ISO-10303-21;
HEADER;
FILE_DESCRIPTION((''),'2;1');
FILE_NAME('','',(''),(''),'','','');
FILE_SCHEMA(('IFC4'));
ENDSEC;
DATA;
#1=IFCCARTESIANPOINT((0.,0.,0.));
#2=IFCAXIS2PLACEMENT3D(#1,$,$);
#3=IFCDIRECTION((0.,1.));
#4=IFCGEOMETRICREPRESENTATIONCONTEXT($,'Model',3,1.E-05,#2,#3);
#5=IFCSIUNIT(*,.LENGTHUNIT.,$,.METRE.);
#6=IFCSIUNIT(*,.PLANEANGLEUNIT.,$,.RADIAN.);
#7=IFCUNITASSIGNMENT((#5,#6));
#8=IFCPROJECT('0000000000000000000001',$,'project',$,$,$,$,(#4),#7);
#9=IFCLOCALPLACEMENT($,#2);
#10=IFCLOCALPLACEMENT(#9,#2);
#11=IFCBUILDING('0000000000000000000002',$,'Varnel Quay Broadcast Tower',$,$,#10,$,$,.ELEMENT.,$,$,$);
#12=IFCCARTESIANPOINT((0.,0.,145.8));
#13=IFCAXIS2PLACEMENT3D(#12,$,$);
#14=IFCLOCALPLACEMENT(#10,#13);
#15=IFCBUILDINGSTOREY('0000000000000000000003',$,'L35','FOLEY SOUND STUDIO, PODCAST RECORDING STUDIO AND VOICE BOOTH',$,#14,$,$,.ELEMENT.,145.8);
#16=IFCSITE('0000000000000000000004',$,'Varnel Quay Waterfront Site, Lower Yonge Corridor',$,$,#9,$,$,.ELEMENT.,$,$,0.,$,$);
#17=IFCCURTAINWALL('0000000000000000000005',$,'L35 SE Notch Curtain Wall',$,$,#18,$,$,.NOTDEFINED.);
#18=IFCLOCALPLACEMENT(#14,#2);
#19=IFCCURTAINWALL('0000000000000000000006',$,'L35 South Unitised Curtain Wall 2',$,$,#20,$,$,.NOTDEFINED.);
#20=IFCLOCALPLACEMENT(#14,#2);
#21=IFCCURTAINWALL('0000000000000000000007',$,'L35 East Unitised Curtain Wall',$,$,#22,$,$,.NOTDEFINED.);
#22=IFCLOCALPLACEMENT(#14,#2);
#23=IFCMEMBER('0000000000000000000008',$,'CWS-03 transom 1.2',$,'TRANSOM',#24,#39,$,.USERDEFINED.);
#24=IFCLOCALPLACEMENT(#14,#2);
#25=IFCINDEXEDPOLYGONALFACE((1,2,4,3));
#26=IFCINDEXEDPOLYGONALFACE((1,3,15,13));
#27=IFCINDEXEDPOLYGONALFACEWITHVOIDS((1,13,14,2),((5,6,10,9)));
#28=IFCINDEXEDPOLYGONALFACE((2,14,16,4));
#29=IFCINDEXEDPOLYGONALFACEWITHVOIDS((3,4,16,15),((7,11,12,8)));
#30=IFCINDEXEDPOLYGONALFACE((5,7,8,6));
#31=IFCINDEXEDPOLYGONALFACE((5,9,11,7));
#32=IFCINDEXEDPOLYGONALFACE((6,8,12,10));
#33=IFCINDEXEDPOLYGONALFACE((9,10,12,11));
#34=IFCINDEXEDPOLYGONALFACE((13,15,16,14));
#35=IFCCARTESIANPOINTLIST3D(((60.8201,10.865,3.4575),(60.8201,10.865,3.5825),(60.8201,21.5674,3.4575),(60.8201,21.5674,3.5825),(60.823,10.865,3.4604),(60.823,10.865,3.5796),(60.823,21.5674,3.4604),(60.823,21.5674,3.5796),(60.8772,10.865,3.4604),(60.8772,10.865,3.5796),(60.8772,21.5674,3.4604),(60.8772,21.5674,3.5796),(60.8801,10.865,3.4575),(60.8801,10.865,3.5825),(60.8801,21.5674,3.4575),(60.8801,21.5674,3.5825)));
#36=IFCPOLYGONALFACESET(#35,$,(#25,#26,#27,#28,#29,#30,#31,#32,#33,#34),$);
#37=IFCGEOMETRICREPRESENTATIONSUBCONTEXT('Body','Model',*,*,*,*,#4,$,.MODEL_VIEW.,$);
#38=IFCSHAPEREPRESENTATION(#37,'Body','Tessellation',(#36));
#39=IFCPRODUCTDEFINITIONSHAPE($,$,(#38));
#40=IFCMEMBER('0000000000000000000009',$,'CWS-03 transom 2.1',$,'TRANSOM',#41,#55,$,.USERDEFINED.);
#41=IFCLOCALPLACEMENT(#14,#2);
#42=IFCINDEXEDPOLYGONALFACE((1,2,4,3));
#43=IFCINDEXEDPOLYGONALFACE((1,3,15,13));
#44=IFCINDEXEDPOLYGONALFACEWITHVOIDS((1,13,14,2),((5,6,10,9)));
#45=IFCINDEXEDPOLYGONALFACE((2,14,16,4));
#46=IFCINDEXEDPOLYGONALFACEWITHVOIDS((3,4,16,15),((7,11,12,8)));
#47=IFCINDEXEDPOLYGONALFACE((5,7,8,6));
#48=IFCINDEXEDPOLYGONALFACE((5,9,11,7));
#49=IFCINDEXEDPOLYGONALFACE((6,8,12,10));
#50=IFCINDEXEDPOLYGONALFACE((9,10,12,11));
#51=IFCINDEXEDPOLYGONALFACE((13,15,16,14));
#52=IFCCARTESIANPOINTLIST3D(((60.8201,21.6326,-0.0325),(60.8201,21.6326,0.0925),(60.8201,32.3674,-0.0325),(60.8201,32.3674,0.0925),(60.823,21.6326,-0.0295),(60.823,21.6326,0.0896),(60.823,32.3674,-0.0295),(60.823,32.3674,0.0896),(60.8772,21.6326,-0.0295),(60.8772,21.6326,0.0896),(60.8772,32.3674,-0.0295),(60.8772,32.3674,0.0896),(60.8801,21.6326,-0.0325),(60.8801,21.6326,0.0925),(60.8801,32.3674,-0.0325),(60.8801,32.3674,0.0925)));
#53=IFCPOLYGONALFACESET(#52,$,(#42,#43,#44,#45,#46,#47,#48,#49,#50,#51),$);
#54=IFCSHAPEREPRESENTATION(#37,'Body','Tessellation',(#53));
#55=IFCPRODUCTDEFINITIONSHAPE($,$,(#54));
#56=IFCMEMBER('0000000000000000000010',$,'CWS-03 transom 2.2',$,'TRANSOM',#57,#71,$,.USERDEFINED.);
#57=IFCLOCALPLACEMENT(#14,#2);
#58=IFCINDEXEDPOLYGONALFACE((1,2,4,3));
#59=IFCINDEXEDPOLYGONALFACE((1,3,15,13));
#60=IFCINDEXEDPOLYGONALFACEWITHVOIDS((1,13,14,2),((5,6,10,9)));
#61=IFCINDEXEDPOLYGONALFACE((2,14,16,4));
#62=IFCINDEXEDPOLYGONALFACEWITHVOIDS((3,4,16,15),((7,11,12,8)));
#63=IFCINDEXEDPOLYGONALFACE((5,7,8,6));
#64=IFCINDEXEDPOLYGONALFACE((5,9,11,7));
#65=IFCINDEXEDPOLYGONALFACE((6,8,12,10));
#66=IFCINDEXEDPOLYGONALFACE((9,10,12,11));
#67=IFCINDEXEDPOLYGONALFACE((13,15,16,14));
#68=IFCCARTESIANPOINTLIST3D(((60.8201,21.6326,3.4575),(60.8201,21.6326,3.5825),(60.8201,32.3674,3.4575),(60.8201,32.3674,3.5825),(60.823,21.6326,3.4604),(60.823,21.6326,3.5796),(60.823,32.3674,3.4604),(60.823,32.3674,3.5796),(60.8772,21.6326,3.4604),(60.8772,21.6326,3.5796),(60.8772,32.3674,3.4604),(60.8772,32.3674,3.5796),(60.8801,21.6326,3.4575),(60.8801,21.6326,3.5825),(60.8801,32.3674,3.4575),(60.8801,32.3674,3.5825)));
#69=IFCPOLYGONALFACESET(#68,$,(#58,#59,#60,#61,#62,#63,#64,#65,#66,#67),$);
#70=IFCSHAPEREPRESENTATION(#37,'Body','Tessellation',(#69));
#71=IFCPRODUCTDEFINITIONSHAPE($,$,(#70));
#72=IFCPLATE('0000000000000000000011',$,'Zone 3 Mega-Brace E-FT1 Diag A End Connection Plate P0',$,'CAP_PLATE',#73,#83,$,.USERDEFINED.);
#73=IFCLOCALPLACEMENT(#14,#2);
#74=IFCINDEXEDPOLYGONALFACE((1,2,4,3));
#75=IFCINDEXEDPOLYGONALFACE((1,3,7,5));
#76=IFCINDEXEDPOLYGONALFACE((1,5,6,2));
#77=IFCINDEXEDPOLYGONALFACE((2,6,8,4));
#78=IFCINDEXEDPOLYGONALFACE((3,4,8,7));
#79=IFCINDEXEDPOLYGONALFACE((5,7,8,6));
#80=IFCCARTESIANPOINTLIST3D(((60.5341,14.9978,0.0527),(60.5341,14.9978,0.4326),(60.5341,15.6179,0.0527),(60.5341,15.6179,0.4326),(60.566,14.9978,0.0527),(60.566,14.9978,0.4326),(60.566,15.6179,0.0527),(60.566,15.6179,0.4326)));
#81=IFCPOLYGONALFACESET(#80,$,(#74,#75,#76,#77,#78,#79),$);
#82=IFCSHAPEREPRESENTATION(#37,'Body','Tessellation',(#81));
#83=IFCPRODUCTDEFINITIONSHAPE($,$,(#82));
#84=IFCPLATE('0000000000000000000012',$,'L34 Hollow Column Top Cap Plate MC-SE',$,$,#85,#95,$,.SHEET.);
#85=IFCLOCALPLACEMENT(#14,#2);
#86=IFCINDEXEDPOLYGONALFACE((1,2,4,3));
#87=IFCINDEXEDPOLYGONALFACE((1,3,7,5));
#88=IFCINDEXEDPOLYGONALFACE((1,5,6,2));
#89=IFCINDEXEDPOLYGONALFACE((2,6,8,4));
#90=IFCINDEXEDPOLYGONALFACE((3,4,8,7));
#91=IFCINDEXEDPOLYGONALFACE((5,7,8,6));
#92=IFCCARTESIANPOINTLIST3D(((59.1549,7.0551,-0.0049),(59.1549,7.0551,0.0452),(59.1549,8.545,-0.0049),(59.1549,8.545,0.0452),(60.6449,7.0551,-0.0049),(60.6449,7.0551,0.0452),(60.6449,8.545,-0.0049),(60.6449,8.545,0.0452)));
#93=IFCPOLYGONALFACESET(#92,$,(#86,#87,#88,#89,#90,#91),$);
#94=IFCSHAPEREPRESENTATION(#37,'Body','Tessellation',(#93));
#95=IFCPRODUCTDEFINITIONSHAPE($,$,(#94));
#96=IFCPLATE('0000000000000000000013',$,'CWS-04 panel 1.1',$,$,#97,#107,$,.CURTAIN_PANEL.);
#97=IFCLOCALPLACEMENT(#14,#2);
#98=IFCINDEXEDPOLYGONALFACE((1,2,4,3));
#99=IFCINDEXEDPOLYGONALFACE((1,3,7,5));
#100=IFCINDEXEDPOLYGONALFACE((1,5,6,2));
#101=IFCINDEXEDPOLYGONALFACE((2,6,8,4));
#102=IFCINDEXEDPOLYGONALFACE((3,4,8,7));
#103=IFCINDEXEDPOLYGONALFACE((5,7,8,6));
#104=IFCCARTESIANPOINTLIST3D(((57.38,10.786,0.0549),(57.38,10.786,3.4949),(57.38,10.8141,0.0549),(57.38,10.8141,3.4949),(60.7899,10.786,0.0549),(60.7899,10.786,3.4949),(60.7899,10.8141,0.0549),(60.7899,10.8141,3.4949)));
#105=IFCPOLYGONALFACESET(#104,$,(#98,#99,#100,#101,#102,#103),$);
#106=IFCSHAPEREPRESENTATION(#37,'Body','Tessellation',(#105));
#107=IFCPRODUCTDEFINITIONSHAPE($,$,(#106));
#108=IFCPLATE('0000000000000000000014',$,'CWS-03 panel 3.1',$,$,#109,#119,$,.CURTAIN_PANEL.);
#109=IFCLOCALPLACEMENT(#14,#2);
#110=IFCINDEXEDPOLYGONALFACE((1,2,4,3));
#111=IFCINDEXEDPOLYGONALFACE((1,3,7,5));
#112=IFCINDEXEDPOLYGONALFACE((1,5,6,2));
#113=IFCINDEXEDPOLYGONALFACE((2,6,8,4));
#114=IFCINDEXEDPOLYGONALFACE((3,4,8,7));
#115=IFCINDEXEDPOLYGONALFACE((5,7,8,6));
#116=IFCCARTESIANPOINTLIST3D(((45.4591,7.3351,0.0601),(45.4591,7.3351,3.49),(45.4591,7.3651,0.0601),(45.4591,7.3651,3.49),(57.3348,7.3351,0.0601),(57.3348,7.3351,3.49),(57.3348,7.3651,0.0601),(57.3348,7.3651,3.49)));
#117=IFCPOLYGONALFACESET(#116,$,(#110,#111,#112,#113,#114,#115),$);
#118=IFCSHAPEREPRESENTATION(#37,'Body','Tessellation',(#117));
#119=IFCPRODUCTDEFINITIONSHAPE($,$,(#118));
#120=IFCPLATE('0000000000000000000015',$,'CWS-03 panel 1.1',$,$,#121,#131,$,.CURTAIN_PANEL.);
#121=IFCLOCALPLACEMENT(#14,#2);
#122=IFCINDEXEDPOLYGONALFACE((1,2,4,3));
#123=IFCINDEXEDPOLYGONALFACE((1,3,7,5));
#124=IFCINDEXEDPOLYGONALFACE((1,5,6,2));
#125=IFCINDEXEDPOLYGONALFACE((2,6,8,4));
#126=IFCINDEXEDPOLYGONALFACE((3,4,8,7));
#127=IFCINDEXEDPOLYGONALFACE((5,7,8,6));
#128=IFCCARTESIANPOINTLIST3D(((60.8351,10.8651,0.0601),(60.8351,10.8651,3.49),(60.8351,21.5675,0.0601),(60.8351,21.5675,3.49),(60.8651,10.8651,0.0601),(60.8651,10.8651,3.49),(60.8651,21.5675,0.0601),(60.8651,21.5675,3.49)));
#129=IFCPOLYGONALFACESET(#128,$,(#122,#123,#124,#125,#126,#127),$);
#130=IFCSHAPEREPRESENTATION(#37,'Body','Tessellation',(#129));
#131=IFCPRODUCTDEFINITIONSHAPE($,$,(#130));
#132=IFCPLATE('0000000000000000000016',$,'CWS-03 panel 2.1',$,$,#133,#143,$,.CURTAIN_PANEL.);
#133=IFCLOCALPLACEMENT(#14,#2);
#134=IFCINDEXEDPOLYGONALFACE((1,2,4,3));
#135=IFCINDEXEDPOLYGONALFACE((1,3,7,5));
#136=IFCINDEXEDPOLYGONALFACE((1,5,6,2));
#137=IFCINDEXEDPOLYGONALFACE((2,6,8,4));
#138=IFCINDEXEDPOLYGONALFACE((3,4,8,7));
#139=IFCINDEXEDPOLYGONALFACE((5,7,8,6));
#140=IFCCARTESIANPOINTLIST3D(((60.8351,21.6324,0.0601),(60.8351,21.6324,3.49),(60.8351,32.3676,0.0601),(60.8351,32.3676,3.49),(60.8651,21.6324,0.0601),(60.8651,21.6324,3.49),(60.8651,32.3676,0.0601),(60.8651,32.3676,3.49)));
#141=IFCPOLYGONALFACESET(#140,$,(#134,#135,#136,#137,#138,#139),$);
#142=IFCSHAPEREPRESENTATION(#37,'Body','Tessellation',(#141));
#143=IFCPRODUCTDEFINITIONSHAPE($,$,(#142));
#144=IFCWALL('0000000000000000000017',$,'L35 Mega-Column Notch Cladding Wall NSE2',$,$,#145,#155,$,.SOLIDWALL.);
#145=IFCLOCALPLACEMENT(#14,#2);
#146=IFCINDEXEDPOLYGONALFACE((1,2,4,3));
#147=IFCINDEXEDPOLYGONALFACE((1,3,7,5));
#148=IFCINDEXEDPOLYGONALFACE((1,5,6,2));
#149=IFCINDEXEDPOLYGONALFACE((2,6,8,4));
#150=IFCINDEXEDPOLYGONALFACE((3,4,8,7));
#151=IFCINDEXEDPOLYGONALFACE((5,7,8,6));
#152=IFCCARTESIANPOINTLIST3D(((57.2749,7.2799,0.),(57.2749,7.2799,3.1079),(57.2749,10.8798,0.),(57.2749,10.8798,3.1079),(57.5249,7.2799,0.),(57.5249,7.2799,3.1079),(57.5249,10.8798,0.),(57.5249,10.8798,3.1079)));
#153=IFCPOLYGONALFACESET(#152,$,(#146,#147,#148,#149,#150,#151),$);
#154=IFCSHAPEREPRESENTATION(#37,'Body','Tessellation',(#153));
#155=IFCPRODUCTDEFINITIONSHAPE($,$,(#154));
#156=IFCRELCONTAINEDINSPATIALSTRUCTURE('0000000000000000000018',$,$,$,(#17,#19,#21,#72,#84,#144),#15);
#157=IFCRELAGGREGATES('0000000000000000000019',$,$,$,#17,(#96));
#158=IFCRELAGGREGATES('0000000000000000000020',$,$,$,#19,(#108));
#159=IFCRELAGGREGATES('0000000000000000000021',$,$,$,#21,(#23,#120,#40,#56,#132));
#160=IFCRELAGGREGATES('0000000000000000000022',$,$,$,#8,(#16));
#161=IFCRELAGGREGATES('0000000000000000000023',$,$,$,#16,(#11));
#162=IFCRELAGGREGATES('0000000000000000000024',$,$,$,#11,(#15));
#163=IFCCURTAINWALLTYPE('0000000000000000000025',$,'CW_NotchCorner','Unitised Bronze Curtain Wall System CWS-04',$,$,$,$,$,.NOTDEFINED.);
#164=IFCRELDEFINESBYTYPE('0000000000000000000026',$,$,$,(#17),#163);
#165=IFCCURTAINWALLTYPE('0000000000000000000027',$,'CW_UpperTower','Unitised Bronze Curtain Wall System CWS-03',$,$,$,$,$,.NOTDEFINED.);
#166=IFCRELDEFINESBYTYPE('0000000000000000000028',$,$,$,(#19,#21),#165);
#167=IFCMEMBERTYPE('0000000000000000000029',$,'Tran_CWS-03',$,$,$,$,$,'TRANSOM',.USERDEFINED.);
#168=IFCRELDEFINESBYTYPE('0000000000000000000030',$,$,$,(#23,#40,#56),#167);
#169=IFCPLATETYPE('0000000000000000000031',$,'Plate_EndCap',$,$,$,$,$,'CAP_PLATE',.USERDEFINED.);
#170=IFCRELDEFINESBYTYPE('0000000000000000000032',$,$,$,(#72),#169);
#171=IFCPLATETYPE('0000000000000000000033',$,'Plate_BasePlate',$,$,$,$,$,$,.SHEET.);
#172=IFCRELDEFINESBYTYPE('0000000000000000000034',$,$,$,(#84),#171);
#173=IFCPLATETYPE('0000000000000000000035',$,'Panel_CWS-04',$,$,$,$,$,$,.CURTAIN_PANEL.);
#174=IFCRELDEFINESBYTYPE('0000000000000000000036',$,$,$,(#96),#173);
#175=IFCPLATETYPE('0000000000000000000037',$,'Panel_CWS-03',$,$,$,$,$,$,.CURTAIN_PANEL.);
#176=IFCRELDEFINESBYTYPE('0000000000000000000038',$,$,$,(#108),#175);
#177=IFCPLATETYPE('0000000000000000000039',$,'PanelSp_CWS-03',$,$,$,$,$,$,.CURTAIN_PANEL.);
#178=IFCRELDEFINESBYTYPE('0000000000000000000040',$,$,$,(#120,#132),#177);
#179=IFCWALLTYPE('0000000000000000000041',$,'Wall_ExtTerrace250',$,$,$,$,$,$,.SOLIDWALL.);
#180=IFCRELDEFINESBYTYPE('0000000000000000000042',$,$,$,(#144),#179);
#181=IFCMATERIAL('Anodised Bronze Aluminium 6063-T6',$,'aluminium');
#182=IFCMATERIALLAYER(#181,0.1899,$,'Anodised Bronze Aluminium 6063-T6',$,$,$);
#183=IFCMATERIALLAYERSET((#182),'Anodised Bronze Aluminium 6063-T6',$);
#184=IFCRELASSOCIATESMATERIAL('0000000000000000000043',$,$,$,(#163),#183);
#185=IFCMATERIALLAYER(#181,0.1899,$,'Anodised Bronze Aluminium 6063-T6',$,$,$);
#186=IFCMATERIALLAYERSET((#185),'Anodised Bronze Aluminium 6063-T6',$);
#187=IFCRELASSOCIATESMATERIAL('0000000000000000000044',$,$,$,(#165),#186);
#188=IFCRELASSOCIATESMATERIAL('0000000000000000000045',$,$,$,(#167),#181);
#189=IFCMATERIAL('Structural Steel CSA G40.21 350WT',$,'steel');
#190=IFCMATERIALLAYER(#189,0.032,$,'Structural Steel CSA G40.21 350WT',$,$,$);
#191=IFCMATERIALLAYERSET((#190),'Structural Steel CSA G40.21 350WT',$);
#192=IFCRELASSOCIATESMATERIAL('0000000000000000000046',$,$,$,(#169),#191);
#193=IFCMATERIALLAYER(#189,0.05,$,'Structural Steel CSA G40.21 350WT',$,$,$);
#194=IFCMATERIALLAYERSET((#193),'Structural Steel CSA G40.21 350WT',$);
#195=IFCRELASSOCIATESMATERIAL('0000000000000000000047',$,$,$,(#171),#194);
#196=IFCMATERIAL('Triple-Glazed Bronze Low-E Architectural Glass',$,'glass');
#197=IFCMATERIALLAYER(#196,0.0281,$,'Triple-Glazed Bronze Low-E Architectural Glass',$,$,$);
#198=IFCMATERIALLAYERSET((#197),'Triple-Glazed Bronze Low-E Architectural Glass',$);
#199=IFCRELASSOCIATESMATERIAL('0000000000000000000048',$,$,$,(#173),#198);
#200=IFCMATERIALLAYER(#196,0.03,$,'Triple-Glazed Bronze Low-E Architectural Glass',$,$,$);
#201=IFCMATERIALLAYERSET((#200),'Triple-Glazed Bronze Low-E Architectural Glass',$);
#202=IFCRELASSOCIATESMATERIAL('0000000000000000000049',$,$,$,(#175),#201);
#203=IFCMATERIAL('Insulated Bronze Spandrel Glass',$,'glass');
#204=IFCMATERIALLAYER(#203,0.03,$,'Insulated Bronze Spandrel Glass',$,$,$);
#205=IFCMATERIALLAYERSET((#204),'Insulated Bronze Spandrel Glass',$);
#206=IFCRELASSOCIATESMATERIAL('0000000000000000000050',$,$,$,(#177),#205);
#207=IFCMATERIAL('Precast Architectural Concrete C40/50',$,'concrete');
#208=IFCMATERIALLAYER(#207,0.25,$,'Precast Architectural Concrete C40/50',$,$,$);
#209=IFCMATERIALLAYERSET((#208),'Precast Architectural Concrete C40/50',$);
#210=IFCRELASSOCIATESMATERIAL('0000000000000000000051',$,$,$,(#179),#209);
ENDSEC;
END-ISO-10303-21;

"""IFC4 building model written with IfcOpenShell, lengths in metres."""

from ifc_helpers import new_model, si_unit, direction, frame, frame_2d, origin, origin_2d, place, context, subcontext, project, spatial, rectangle, hollow_rectangle, extrude, source, transform, mapped, material, layer, layer_set, material_profile, profile_set, type_object, type_shapes, element, aggregate, save


model = new_model("IFC4")

# Units and contexts
model_context = context("Model", 3, precision=1e-05, world=origin(), true_north=direction((0.0, 1.0)))
body_context = subcontext(model_context, "Body", "Model", "MODEL_VIEW")
ifc_project = project(units=[si_unit("LENGTHUNIT", "METRE"), si_unit("PLANEANGLEUNIT", "RADIAN")], contexts=[model_context])

# Site, building, storey
site_placement = place(None, origin())
site = spatial("IfcSite", under=ifc_project, at=site_placement, Name="Varnel Quay Waterfront Site, Lower Yonge Corridor", CompositionType="ELEMENT", RefElevation=0.0)
building_placement = place(site_placement, origin())
building = spatial("IfcBuilding", under=site, at=building_placement, Name="Varnel Quay Broadcast Tower", CompositionType="ELEMENT")
storey_placement = place(building_placement, frame((0.0, 0.0, 145.8)))
storey = spatial("IfcBuildingStorey", under=building, at=storey_placement, Name="L35", Description="FOLEY SOUND STUDIO, PODCAST RECORDING STUDIO AND VOICE BOOTH", CompositionType="ELEMENT", Elevation=145.8)

# Shared definitions
ifc_material_1 = material(Name="Structural Steel CSA G40.21 350WT", Category="steel")

# Curtain wall
ifc_material_2 = material(Name="Anodised Bronze Aluminium 6063-T6", Category="aluminium")
ifc_layer_1 = layer(ifc_material_2, 0.1899, Name="Anodised Bronze Aluminium 6063-T6")
ifc_layer_set_1 = layer_set([ifc_layer_1], Name="Anodised Bronze Aluminium 6063-T6")
curtain_wall_type_1 = type_object("IfcCurtainWallType", Name="CW_NotchCorner", Description="Unitised Bronze Curtain Wall System CWS-04", PredefinedType="NOTDEFINED", material=ifc_layer_set_1)
curtain_wall_1_placement = place(storey_placement, origin())
curtain_wall_1 = element("IfcCurtainWall", 1, at=curtain_wall_1_placement, inside=storey, type_object=curtain_wall_type_1, Name="L35 SE Notch Curtain Wall", PredefinedType="NOTDEFINED")

# Curtain wall
ifc_layer_2 = layer(ifc_material_2, 0.1899, Name="Anodised Bronze Aluminium 6063-T6")
ifc_layer_set_2 = layer_set([ifc_layer_2], Name="Anodised Bronze Aluminium 6063-T6")
curtain_wall_type_2 = type_object("IfcCurtainWallType", Name="CW_UpperTower", Description="Unitised Bronze Curtain Wall System CWS-03", PredefinedType="NOTDEFINED", material=ifc_layer_set_2)
curtain_wall_2_placement = place(storey_placement, origin())
curtain_wall_2 = element("IfcCurtainWall", 2, at=curtain_wall_2_placement, inside=storey, type_object=curtain_wall_type_2, Name="L35 South Unitised Curtain Wall 2", PredefinedType="NOTDEFINED")

# Curtain wall, members
curtain_wall_3_placement = place(storey_placement, origin())
curtain_wall_3 = element("IfcCurtainWall", 3, at=curtain_wall_3_placement, inside=storey, type_object=curtain_wall_type_2, Name="L35 East Unitised Curtain Wall", PredefinedType="NOTDEFINED")
ifc_material_profile_1 = material_profile(ifc_material_2, hollow_rectangle(XDim=0.0601, YDim=0.125, WallThickness=0.0029, at=origin_2d()), Name="ALU60X125X3")
ifc_profile_set_1 = profile_set([ifc_material_profile_1], Name="Anodised Bronze Aluminium 6063-T6")
member_type_1 = type_object("IfcMemberType", Name="Tran_CWS-03", ElementType="TRANSOM", PredefinedType="USERDEFINED", material=ifc_profile_set_1)
shared_shape_1 = source(origin(), body_context, "Body", "SweptSolid", [
    extrude(hollow_rectangle(XDim=0.0601, YDim=0.125, WallThickness=0.0029, at=origin_2d()), origin(), (0.0, 0.0, 1.0), 10.7024),
])
member_1_placement = place(storey_placement, frame((60.8501, 10.865, 3.52), z_axis=(0.0, 1.0, 0.0), x_axis=(-1.0, 0.0, 0.0)))
member_1 = element("IfcMember", 4, at=member_1_placement, type_object=member_type_1, Name="CWS-03 transom 1.2", ObjectType="TRANSOM", PredefinedType="USERDEFINED", context=body_context, shape_type="MappedRepresentation", body=[
    mapped(shared_shape_1, transform((0.0, 0.0, 0.0), x_axis=(1.0, 0.0, 0.0), y_axis=(0.0, 1.0, 0.0), z_axis=(0.0, 0.0, 1.0), scale=1.0)),
])
shared_shape_2 = source(origin(), body_context, "Body", "SweptSolid", [
    extrude(hollow_rectangle(XDim=0.0601, YDim=0.125, WallThickness=0.0029, at=origin_2d()), origin(), (0.0, 0.0, 1.0), 10.7349),
])
type_shapes(member_type_1, [shared_shape_1, shared_shape_2])
member_2_placement = place(storey_placement, frame((60.8501, 21.6326, 0.03), z_axis=(0.0, 1.0, 0.0), x_axis=(-1.0, 0.0, 0.0)))
member_2 = element("IfcMember", 5, at=member_2_placement, type_object=member_type_1, Name="CWS-03 transom 2.1", ObjectType="TRANSOM", PredefinedType="USERDEFINED", context=body_context, shape_type="MappedRepresentation", body=[
    mapped(shared_shape_2, transform((0.0, 0.0, 0.0), x_axis=(1.0, 0.0, 0.0), y_axis=(0.0, 1.0, 0.0), z_axis=(0.0, 0.0, 1.0), scale=1.0)),
])
member_3_placement = place(storey_placement, frame((60.8501, 21.6326, 3.52), z_axis=(0.0, 1.0, 0.0), x_axis=(-1.0, 0.0, 0.0)))
member_3 = element("IfcMember", 6, at=member_3_placement, type_object=member_type_1, Name="CWS-03 transom 2.2", ObjectType="TRANSOM", PredefinedType="USERDEFINED", context=body_context, shape_type="MappedRepresentation", body=[
    mapped(shared_shape_2, transform((0.0, 0.0, 0.0), x_axis=(1.0, 0.0, 0.0), y_axis=(0.0, 1.0, 0.0), z_axis=(0.0, 0.0, 1.0), scale=1.0)),
])

# Plates
ifc_layer_3 = layer(ifc_material_1, 0.032, Name="Structural Steel CSA G40.21 350WT")
ifc_layer_set_3 = layer_set([ifc_layer_3], Name="Structural Steel CSA G40.21 350WT")
plate_type_1 = type_object("IfcPlateType", Name="Plate_EndCap", ElementType="CAP_PLATE", PredefinedType="USERDEFINED", material=ifc_layer_set_3)
shared_shape_3 = source(origin(), body_context, "Body", "SweptSolid", [
    extrude(rectangle(XDim=0.6201, YDim=0.032, at=origin_2d()), origin(), (0.0, 0.0, 1.0), 0.3799),
])
type_shapes(plate_type_1, [shared_shape_3])
plate_1_placement = place(storey_placement, frame((60.55, 15.3079, 0.0527), z_axis=(0.0, 0.0, 1.0), x_axis=(0.0, 1.0, 0.0)))
element("IfcPlate", 7, at=plate_1_placement, inside=storey, type_object=plate_type_1, Name="Zone 3 Mega-Brace E-FT1 Diag A End Connection Plate P0", ObjectType="CAP_PLATE", PredefinedType="USERDEFINED", context=body_context, shape_type="MappedRepresentation", body=[
    mapped(shared_shape_3, transform((0.0, 0.0, 0.0), x_axis=(1.0, 0.0, 0.0), y_axis=(0.0, 1.0, 0.0), z_axis=(0.0, 0.0, 1.0), scale=1.0)),
])
ifc_layer_4 = layer(ifc_material_1, 0.05, Name="Structural Steel CSA G40.21 350WT")
ifc_layer_set_4 = layer_set([ifc_layer_4], Name="Structural Steel CSA G40.21 350WT")
plate_type_2 = type_object("IfcPlateType", Name="Plate_BasePlate", PredefinedType="SHEET", material=ifc_layer_set_4)
shared_shape_4 = source(origin(), body_context, "Body", "SweptSolid", [
    extrude(rectangle(XDim=1.49, YDim=1.49, at=origin_2d()), origin(), (0.0, 0.0, 1.0), 0.05),
])
type_shapes(plate_type_2, [shared_shape_4])
plate_2_placement = place(storey_placement, frame((59.8999, 7.8, -0.0049), z_axis=(0.0, 0.0, 1.0), x_axis=(1.0, 0.0, 0.0)))
element("IfcPlate", 8, at=plate_2_placement, inside=storey, type_object=plate_type_2, Name="L34 Hollow Column Top Cap Plate MC-SE", PredefinedType="SHEET", context=body_context, shape_type="MappedRepresentation", body=[
    mapped(shared_shape_4, transform((0.0, 0.0, 0.0), x_axis=(1.0, 0.0, 0.0), y_axis=(0.0, 1.0, 0.0), z_axis=(0.0, 0.0, 1.0), scale=1.0)),
])

# Plates
ifc_material_3 = material(Name="Triple-Glazed Bronze Low-E Architectural Glass", Category="glass")
ifc_layer_5 = layer(ifc_material_3, 0.0281, Name="Triple-Glazed Bronze Low-E Architectural Glass")
ifc_layer_set_5 = layer_set([ifc_layer_5], Name="Triple-Glazed Bronze Low-E Architectural Glass")
plate_type_3 = type_object("IfcPlateType", Name="Panel_CWS-04", PredefinedType="CURTAIN_PANEL", material=ifc_layer_set_5)
shared_shape_5 = source(origin(), body_context, "Body", "SweptSolid", [
    extrude(rectangle(XDim=3.4099, YDim=0.0281, at=origin_2d()), origin(), (0.0, 0.0, 1.0), 3.4399),
])
type_shapes(plate_type_3, [shared_shape_5])
plate_3_placement = place(storey_placement, frame((59.085, 10.8, 0.0549), z_axis=(0.0, 0.0, 1.0), x_axis=(1.0, 0.0, 0.0)))
plate_3 = element("IfcPlate", 9, at=plate_3_placement, type_object=plate_type_3, Name="CWS-04 panel 1.1", PredefinedType="CURTAIN_PANEL", context=body_context, shape_type="MappedRepresentation", body=[
    mapped(shared_shape_5, transform((0.0, 0.0, 0.0), x_axis=(1.0, 0.0, 0.0), y_axis=(0.0, 1.0, 0.0), z_axis=(0.0, 0.0, 1.0), scale=1.0)),
])
aggregate(curtain_wall_1, [plate_3])
ifc_layer_6 = layer(ifc_material_3, 0.03, Name="Triple-Glazed Bronze Low-E Architectural Glass")
ifc_layer_set_6 = layer_set([ifc_layer_6], Name="Triple-Glazed Bronze Low-E Architectural Glass")
plate_type_4 = type_object("IfcPlateType", Name="Panel_CWS-03", PredefinedType="CURTAIN_PANEL", material=ifc_layer_set_6)
shared_shape_6 = source(origin(), body_context, "Body", "SweptSolid", [
    extrude(rectangle(XDim=11.8757, YDim=0.03, at=origin_2d()), origin(), (0.0, 0.0, 1.0), 3.4299),
])
type_shapes(plate_type_4, [shared_shape_6])
plate_4_placement = place(storey_placement, frame((51.397, 7.3501, 0.0601), z_axis=(0.0, 0.0, 1.0), x_axis=(1.0, 0.0, 0.0)))
plate_4 = element("IfcPlate", 10, at=plate_4_placement, type_object=plate_type_4, Name="CWS-03 panel 3.1", PredefinedType="CURTAIN_PANEL", context=body_context, shape_type="MappedRepresentation", body=[
    mapped(shared_shape_6, transform((0.0, 0.0, 0.0), x_axis=(1.0, 0.0, 0.0), y_axis=(0.0, 1.0, 0.0), z_axis=(0.0, 0.0, 1.0), scale=1.0)),
])
aggregate(curtain_wall_2, [plate_4])
ifc_material_4 = material(Name="Insulated Bronze Spandrel Glass", Category="glass")
ifc_layer_7 = layer(ifc_material_4, 0.03, Name="Insulated Bronze Spandrel Glass")
ifc_layer_set_7 = layer_set([ifc_layer_7], Name="Insulated Bronze Spandrel Glass")
plate_type_5 = type_object("IfcPlateType", Name="PanelSp_CWS-03", PredefinedType="CURTAIN_PANEL", material=ifc_layer_set_7)
shared_shape_7 = source(origin(), body_context, "Body", "SweptSolid", [
    extrude(rectangle(XDim=10.7024, YDim=0.03, at=origin_2d()), origin(), (0.0, 0.0, 1.0), 3.4299),
])
plate_5_placement = place(storey_placement, frame((60.8501, 16.2163, 0.0601), z_axis=(0.0, 0.0, 1.0), x_axis=(0.0, 1.0, 0.0)))
plate_5 = element("IfcPlate", 11, at=plate_5_placement, type_object=plate_type_5, Name="CWS-03 panel 1.1", PredefinedType="CURTAIN_PANEL", context=body_context, shape_type="MappedRepresentation", body=[
    mapped(shared_shape_7, transform((0.0, 0.0, 0.0), x_axis=(1.0, 0.0, 0.0), y_axis=(0.0, 1.0, 0.0), z_axis=(0.0, 0.0, 1.0), scale=1.0)),
])
shared_shape_8 = source(origin(), body_context, "Body", "SweptSolid", [
    extrude(rectangle(XDim=10.7351, YDim=0.03, at=origin_2d()), origin(), (0.0, 0.0, 1.0), 3.4299),
])
type_shapes(plate_type_5, [shared_shape_7, shared_shape_8])
plate_6_placement = place(storey_placement, frame((60.8501, 27.0, 0.0601), z_axis=(0.0, 0.0, 1.0), x_axis=(0.0, 1.0, 0.0)))
plate_6 = element("IfcPlate", 12, at=plate_6_placement, type_object=plate_type_5, Name="CWS-03 panel 2.1", PredefinedType="CURTAIN_PANEL", context=body_context, shape_type="MappedRepresentation", body=[
    mapped(shared_shape_8, transform((0.0, 0.0, 0.0), x_axis=(1.0, 0.0, 0.0), y_axis=(0.0, 1.0, 0.0), z_axis=(0.0, 0.0, 1.0), scale=1.0)),
])
aggregate(curtain_wall_3, [member_1, plate_5, member_2, member_3, plate_6])

# Wall
ifc_material_5 = material(Name="Precast Architectural Concrete C40/50", Category="concrete")
ifc_layer_8 = layer(ifc_material_5, 0.25, Name="Precast Architectural Concrete C40/50")
ifc_layer_set_8 = layer_set([ifc_layer_8], Name="Precast Architectural Concrete C40/50")
wall_type_1 = type_object("IfcWallType", Name="Wall_ExtTerrace250", PredefinedType="SOLIDWALL", material=ifc_layer_set_8)
wall_1_placement = place(storey_placement, frame((57.3999, 7.28, 0.0), z_axis=(0.0, 0.0, 1.0), x_axis=(0.0, 1.0, 0.0)))
element("IfcWall", 13, at=wall_1_placement, inside=storey, type_object=wall_type_1, Name="L35 Mega-Column Notch Cladding Wall NSE2", PredefinedType="SOLIDWALL", context=body_context, shape_type="SweptSolid", body=[
    extrude(rectangle(XDim=3.5999, YDim=0.25, at=frame_2d((1.7998, 0.0))), origin(), (0.0, 0.0, 1.0), 3.1079),
])

save(model, "model.ifc")
